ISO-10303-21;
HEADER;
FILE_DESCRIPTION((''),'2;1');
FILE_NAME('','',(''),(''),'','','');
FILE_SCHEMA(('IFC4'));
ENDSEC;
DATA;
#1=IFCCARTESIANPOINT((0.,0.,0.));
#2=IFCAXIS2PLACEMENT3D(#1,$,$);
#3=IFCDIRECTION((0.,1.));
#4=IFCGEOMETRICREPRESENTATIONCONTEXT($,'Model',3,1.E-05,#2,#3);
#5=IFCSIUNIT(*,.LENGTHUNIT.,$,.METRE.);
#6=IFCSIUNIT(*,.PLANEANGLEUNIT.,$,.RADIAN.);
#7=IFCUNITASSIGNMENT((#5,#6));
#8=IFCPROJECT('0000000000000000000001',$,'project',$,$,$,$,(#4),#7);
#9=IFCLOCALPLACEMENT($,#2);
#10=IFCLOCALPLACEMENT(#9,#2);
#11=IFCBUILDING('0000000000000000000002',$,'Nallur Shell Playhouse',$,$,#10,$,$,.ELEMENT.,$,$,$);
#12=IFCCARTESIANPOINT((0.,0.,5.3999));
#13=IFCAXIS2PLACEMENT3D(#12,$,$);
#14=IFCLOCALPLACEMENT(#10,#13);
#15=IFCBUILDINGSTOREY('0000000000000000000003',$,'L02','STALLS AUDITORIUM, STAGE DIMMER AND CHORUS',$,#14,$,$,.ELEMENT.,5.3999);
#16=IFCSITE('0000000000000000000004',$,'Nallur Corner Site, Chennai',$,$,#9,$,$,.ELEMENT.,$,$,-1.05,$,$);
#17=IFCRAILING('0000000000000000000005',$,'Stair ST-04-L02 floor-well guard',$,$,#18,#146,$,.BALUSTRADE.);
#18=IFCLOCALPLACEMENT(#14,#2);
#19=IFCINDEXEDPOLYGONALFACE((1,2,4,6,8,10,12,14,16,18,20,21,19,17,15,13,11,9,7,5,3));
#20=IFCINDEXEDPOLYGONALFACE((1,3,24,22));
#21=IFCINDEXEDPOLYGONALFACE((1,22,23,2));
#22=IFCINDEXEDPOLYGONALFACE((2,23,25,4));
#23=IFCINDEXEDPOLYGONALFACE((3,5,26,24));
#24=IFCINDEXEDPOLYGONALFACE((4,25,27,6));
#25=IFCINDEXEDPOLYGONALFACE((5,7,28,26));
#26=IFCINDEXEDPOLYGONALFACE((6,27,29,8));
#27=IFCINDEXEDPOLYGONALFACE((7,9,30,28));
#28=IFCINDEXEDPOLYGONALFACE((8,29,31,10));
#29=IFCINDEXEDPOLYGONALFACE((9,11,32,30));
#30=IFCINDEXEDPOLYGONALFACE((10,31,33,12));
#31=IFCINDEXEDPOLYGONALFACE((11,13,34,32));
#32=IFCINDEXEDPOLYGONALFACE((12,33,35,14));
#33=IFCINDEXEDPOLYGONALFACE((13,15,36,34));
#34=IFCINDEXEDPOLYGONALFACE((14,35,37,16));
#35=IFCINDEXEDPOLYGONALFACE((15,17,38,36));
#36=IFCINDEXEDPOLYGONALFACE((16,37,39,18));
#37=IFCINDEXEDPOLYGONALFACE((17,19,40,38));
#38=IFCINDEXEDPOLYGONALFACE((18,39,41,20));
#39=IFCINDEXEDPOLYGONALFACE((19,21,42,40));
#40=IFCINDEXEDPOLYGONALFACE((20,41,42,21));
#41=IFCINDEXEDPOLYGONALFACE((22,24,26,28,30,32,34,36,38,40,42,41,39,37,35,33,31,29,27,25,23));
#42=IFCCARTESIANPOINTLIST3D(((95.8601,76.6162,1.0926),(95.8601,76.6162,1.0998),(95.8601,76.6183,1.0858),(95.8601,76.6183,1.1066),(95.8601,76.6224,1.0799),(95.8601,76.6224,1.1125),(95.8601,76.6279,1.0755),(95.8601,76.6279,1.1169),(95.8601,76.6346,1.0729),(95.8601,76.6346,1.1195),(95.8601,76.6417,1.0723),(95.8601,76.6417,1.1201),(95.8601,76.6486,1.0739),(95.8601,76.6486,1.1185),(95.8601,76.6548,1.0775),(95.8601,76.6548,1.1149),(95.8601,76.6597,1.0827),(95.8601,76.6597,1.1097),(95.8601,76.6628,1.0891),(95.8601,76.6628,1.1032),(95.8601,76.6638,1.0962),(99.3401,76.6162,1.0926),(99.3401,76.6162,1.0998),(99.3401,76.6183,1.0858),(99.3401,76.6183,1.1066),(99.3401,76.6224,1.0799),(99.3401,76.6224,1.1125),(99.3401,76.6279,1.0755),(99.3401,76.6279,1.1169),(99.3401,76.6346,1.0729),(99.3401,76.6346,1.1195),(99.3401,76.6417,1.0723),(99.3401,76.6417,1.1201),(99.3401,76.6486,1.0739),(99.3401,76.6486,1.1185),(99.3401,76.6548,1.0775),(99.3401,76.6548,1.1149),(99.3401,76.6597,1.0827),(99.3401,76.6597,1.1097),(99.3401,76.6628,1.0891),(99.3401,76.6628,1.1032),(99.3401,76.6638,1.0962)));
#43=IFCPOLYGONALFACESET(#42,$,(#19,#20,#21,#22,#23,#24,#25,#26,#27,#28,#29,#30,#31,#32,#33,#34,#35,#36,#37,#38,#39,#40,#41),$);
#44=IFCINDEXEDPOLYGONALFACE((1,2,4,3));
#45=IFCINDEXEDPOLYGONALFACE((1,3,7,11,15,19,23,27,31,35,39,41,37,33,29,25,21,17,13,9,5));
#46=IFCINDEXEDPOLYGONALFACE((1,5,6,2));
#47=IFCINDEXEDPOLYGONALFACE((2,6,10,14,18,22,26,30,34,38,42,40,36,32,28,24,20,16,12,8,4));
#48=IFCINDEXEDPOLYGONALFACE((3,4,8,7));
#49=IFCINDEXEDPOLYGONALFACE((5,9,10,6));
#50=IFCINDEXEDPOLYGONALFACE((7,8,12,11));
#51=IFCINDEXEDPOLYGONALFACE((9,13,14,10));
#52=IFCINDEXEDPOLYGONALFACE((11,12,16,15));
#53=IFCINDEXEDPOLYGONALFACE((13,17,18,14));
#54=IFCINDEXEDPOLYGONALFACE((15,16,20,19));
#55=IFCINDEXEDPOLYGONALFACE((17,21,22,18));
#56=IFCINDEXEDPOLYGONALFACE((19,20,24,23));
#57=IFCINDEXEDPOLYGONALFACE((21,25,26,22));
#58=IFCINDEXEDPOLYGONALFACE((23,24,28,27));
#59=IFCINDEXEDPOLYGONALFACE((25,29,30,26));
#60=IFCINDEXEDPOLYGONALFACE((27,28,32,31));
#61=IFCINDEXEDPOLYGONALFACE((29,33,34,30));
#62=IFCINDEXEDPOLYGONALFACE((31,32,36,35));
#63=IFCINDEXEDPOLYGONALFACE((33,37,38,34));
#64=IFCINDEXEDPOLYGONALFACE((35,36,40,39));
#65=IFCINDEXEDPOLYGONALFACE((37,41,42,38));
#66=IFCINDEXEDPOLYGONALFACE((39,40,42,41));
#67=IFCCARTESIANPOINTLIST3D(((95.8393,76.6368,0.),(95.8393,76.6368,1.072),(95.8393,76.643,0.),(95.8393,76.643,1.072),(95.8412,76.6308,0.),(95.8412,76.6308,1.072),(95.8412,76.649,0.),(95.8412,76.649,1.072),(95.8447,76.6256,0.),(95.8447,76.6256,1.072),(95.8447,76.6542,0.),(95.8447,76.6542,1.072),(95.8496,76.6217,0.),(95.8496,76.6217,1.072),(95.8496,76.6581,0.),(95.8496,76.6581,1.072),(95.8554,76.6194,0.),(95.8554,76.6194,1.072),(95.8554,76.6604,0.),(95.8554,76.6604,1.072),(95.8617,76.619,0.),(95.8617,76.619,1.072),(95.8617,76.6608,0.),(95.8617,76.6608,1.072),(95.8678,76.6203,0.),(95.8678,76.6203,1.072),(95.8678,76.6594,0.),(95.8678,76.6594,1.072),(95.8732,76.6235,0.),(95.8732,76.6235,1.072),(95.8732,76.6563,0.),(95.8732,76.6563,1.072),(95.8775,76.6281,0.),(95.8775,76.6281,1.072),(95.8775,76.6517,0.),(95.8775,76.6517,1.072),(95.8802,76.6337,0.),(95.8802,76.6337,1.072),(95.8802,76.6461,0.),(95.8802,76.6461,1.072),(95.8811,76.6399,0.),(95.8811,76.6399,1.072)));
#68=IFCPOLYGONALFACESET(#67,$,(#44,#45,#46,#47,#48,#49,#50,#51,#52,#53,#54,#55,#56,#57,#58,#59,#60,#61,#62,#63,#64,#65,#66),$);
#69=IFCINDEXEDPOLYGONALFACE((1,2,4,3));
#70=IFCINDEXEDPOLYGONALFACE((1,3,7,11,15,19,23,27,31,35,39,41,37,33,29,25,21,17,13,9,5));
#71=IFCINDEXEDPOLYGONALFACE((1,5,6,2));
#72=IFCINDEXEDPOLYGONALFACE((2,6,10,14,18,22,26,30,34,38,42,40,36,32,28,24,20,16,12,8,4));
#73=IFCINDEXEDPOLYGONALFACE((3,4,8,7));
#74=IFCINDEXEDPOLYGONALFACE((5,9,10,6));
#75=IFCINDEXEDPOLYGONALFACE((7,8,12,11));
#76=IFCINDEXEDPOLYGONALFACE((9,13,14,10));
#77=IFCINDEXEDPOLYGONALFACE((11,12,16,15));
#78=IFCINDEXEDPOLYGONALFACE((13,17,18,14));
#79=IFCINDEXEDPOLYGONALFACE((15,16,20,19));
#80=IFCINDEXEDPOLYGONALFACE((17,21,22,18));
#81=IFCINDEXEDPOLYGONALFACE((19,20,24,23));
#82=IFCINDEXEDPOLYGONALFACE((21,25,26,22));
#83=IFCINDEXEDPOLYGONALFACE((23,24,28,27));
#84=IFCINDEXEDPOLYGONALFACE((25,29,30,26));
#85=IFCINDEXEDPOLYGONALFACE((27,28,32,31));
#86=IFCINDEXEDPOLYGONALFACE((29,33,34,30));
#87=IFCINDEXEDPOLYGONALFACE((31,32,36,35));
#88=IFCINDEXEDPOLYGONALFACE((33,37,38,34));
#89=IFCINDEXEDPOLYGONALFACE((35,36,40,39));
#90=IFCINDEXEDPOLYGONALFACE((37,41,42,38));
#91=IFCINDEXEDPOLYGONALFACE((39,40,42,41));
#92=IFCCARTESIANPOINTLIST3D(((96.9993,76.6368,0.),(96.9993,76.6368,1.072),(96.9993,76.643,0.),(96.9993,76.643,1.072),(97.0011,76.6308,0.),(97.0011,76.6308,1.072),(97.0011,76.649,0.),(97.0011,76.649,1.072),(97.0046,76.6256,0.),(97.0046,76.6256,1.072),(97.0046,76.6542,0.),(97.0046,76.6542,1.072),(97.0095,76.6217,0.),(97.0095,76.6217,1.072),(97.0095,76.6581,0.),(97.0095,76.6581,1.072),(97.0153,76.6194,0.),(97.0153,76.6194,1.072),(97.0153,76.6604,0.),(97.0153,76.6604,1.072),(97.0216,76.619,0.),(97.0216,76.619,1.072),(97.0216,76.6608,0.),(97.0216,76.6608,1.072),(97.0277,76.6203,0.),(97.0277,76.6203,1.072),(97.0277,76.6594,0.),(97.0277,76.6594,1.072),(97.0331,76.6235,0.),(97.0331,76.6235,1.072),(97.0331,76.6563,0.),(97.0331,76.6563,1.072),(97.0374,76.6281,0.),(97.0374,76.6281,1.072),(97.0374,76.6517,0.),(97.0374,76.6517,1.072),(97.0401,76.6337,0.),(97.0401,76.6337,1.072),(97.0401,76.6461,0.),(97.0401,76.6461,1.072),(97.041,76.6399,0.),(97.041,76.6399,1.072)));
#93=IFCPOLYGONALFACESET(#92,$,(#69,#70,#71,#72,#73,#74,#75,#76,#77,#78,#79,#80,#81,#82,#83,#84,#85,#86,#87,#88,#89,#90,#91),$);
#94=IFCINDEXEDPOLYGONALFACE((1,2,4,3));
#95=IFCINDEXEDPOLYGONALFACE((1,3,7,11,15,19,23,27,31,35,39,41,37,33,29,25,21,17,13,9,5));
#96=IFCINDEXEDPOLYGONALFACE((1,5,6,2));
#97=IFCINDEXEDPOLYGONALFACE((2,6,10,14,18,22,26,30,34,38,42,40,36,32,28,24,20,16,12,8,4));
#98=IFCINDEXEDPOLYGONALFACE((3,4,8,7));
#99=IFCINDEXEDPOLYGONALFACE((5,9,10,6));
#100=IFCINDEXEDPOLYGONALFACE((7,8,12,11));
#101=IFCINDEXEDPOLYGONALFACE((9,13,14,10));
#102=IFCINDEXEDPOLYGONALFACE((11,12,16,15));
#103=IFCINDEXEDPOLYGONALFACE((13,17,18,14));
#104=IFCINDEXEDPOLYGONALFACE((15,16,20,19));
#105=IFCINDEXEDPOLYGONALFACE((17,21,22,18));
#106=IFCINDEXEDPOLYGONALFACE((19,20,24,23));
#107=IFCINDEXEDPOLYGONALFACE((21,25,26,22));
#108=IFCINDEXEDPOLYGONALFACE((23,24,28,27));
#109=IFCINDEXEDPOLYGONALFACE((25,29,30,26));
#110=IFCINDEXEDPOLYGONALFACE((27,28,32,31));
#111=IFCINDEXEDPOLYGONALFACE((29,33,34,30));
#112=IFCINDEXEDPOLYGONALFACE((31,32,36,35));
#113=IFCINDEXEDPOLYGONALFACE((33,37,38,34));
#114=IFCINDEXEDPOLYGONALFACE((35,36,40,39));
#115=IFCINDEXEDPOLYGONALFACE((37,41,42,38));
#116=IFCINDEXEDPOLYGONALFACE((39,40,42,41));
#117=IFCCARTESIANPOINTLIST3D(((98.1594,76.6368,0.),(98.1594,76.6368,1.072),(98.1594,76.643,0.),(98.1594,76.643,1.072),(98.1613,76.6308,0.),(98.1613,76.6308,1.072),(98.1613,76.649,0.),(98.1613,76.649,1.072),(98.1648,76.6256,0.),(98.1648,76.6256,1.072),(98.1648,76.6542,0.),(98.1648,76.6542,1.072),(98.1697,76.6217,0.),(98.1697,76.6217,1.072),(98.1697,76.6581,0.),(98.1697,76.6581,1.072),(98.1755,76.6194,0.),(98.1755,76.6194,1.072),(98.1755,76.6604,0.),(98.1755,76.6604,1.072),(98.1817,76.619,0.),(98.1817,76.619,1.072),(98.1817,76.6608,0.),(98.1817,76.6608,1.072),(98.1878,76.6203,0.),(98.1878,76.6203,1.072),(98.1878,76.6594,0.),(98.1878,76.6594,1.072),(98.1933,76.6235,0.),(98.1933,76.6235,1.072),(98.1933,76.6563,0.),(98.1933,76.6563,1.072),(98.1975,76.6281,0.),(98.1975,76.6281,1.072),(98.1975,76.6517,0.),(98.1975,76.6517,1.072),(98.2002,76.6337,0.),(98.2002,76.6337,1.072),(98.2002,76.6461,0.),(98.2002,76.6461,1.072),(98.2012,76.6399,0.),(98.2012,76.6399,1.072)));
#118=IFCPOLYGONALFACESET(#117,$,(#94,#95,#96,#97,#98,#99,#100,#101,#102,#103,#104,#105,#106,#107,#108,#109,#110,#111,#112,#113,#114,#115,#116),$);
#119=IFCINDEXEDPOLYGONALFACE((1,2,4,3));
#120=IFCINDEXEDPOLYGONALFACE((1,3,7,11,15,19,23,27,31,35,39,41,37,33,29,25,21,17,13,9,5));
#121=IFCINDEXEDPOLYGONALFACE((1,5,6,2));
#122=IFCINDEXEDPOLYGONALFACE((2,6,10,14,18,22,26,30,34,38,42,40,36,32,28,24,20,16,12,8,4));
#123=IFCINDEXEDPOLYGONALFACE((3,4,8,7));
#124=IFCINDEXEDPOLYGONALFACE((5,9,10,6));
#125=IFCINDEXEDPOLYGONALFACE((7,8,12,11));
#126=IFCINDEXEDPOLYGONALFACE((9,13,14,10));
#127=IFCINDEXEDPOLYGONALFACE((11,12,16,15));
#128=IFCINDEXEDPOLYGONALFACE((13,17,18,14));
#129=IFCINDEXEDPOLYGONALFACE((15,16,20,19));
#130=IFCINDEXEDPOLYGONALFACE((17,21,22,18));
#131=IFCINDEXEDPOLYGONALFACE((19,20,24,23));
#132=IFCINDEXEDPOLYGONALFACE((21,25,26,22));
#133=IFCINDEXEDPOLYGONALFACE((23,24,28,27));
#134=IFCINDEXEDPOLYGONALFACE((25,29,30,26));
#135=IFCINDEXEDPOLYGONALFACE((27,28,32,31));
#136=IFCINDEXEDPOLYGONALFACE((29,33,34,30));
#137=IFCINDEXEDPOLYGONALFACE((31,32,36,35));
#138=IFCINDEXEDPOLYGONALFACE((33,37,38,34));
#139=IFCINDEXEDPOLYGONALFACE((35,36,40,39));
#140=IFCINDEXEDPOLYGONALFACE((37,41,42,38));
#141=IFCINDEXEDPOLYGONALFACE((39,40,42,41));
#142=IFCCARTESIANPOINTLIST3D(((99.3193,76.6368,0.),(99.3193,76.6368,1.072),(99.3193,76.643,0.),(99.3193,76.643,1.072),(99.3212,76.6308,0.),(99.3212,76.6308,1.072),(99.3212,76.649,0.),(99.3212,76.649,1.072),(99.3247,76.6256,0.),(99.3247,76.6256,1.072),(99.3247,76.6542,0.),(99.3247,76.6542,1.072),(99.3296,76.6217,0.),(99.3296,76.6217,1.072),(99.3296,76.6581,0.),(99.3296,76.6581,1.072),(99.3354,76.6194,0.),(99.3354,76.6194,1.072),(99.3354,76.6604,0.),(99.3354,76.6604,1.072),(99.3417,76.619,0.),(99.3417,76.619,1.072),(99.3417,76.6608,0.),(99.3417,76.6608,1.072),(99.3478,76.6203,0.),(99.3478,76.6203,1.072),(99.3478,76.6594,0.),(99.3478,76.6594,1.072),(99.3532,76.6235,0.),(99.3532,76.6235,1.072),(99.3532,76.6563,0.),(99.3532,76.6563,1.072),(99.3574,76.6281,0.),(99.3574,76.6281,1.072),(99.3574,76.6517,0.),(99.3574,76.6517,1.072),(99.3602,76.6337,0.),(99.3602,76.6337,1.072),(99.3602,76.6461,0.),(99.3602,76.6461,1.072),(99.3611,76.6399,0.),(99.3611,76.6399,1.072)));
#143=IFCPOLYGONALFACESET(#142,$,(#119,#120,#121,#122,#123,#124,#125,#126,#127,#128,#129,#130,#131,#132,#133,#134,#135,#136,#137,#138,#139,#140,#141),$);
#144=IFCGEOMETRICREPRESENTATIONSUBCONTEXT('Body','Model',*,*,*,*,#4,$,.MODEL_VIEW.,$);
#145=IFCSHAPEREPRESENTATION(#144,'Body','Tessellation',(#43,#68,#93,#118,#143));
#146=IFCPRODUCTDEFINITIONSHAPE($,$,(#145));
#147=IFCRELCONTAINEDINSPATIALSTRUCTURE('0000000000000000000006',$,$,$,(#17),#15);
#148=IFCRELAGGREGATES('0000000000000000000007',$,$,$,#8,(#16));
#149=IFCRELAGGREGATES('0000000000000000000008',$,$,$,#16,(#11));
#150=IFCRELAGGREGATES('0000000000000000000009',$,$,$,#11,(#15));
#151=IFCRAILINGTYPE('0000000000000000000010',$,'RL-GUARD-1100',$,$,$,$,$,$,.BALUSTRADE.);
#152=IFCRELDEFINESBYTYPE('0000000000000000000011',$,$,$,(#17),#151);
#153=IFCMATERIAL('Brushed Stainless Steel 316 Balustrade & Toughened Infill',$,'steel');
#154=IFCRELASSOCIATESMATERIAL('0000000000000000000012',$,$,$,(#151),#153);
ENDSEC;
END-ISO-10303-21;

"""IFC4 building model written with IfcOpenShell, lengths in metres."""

from ifc_helpers import new_model, si_unit, direction, frame, origin, origin_2d, place, context, subcontext, project, spatial, circle, extrude, material, type_object, element, save


model = new_model("IFC4")

# Units and contexts
model_context = context("Model", 3, precision=1e-05, world=origin(), true_north=direction((0.0, 1.0)))
body_context = subcontext(model_context, "Body", "Model", "MODEL_VIEW")
ifc_project = project(units=[si_unit("LENGTHUNIT", "METRE"), si_unit("PLANEANGLEUNIT", "RADIAN")], contexts=[model_context])

# Site, building, storey
site_placement = place(None, origin())
site = spatial("IfcSite", under=ifc_project, at=site_placement, Name="Nallur Corner Site, Chennai", CompositionType="ELEMENT", RefElevation=-1.05)
building_placement = place(site_placement, origin())
building = spatial("IfcBuilding", under=site, at=building_placement, Name="Nallur Shell Playhouse", CompositionType="ELEMENT")
storey_placement = place(building_placement, frame((0.0, 0.0, 5.3999)))
storey = spatial("IfcBuildingStorey", under=building, at=storey_placement, Name="L02", Description="STALLS AUDITORIUM, STAGE DIMMER AND CHORUS", CompositionType="ELEMENT", Elevation=5.3999)

# Railing
ifc_material_1 = material(Name="Brushed Stainless Steel 316 Balustrade & Toughened Infill", Category="steel")
railing_type = type_object("IfcRailingType", Name="RL-GUARD-1100", PredefinedType="BALUSTRADE", material=ifc_material_1)
railing_1_placement = place(storey_placement, frame((95.8601, 76.6399, 0.0)))
element("IfcRailing", 1, at=railing_1_placement, inside=storey, type_object=railing_type, Name="Stair ST-04-L02 floor-well guard", PredefinedType="BALUSTRADE", context=body_context, shape_type="SweptSolid", body=[
    extrude(circle(Radius=0.0239, at=origin_2d()), frame((0.0, 0.0, 1.0962), z_axis=(1.0, 0.0, 0.0), x_axis=(0.0, 1.0, 0.0)), (0.0, 0.0, 1.0), 3.48),
    extrude(circle(Radius=0.021, at=origin_2d()), origin(), (0.0, 0.0, 1.0), 1.072),
    extrude(circle(Radius=0.021, at=origin_2d()), frame((1.1599, 0.0, 0.0)), (0.0, 0.0, 1.0), 1.072),
    extrude(circle(Radius=0.021, at=origin_2d()), frame((2.3201, 0.0, 0.0)), (0.0, 0.0, 1.0), 1.072),
    extrude(circle(Radius=0.021, at=origin_2d()), frame((3.48, 0.0, 0.0)), (0.0, 0.0, 1.0), 1.072),
])

save(model, "model.ifc")
